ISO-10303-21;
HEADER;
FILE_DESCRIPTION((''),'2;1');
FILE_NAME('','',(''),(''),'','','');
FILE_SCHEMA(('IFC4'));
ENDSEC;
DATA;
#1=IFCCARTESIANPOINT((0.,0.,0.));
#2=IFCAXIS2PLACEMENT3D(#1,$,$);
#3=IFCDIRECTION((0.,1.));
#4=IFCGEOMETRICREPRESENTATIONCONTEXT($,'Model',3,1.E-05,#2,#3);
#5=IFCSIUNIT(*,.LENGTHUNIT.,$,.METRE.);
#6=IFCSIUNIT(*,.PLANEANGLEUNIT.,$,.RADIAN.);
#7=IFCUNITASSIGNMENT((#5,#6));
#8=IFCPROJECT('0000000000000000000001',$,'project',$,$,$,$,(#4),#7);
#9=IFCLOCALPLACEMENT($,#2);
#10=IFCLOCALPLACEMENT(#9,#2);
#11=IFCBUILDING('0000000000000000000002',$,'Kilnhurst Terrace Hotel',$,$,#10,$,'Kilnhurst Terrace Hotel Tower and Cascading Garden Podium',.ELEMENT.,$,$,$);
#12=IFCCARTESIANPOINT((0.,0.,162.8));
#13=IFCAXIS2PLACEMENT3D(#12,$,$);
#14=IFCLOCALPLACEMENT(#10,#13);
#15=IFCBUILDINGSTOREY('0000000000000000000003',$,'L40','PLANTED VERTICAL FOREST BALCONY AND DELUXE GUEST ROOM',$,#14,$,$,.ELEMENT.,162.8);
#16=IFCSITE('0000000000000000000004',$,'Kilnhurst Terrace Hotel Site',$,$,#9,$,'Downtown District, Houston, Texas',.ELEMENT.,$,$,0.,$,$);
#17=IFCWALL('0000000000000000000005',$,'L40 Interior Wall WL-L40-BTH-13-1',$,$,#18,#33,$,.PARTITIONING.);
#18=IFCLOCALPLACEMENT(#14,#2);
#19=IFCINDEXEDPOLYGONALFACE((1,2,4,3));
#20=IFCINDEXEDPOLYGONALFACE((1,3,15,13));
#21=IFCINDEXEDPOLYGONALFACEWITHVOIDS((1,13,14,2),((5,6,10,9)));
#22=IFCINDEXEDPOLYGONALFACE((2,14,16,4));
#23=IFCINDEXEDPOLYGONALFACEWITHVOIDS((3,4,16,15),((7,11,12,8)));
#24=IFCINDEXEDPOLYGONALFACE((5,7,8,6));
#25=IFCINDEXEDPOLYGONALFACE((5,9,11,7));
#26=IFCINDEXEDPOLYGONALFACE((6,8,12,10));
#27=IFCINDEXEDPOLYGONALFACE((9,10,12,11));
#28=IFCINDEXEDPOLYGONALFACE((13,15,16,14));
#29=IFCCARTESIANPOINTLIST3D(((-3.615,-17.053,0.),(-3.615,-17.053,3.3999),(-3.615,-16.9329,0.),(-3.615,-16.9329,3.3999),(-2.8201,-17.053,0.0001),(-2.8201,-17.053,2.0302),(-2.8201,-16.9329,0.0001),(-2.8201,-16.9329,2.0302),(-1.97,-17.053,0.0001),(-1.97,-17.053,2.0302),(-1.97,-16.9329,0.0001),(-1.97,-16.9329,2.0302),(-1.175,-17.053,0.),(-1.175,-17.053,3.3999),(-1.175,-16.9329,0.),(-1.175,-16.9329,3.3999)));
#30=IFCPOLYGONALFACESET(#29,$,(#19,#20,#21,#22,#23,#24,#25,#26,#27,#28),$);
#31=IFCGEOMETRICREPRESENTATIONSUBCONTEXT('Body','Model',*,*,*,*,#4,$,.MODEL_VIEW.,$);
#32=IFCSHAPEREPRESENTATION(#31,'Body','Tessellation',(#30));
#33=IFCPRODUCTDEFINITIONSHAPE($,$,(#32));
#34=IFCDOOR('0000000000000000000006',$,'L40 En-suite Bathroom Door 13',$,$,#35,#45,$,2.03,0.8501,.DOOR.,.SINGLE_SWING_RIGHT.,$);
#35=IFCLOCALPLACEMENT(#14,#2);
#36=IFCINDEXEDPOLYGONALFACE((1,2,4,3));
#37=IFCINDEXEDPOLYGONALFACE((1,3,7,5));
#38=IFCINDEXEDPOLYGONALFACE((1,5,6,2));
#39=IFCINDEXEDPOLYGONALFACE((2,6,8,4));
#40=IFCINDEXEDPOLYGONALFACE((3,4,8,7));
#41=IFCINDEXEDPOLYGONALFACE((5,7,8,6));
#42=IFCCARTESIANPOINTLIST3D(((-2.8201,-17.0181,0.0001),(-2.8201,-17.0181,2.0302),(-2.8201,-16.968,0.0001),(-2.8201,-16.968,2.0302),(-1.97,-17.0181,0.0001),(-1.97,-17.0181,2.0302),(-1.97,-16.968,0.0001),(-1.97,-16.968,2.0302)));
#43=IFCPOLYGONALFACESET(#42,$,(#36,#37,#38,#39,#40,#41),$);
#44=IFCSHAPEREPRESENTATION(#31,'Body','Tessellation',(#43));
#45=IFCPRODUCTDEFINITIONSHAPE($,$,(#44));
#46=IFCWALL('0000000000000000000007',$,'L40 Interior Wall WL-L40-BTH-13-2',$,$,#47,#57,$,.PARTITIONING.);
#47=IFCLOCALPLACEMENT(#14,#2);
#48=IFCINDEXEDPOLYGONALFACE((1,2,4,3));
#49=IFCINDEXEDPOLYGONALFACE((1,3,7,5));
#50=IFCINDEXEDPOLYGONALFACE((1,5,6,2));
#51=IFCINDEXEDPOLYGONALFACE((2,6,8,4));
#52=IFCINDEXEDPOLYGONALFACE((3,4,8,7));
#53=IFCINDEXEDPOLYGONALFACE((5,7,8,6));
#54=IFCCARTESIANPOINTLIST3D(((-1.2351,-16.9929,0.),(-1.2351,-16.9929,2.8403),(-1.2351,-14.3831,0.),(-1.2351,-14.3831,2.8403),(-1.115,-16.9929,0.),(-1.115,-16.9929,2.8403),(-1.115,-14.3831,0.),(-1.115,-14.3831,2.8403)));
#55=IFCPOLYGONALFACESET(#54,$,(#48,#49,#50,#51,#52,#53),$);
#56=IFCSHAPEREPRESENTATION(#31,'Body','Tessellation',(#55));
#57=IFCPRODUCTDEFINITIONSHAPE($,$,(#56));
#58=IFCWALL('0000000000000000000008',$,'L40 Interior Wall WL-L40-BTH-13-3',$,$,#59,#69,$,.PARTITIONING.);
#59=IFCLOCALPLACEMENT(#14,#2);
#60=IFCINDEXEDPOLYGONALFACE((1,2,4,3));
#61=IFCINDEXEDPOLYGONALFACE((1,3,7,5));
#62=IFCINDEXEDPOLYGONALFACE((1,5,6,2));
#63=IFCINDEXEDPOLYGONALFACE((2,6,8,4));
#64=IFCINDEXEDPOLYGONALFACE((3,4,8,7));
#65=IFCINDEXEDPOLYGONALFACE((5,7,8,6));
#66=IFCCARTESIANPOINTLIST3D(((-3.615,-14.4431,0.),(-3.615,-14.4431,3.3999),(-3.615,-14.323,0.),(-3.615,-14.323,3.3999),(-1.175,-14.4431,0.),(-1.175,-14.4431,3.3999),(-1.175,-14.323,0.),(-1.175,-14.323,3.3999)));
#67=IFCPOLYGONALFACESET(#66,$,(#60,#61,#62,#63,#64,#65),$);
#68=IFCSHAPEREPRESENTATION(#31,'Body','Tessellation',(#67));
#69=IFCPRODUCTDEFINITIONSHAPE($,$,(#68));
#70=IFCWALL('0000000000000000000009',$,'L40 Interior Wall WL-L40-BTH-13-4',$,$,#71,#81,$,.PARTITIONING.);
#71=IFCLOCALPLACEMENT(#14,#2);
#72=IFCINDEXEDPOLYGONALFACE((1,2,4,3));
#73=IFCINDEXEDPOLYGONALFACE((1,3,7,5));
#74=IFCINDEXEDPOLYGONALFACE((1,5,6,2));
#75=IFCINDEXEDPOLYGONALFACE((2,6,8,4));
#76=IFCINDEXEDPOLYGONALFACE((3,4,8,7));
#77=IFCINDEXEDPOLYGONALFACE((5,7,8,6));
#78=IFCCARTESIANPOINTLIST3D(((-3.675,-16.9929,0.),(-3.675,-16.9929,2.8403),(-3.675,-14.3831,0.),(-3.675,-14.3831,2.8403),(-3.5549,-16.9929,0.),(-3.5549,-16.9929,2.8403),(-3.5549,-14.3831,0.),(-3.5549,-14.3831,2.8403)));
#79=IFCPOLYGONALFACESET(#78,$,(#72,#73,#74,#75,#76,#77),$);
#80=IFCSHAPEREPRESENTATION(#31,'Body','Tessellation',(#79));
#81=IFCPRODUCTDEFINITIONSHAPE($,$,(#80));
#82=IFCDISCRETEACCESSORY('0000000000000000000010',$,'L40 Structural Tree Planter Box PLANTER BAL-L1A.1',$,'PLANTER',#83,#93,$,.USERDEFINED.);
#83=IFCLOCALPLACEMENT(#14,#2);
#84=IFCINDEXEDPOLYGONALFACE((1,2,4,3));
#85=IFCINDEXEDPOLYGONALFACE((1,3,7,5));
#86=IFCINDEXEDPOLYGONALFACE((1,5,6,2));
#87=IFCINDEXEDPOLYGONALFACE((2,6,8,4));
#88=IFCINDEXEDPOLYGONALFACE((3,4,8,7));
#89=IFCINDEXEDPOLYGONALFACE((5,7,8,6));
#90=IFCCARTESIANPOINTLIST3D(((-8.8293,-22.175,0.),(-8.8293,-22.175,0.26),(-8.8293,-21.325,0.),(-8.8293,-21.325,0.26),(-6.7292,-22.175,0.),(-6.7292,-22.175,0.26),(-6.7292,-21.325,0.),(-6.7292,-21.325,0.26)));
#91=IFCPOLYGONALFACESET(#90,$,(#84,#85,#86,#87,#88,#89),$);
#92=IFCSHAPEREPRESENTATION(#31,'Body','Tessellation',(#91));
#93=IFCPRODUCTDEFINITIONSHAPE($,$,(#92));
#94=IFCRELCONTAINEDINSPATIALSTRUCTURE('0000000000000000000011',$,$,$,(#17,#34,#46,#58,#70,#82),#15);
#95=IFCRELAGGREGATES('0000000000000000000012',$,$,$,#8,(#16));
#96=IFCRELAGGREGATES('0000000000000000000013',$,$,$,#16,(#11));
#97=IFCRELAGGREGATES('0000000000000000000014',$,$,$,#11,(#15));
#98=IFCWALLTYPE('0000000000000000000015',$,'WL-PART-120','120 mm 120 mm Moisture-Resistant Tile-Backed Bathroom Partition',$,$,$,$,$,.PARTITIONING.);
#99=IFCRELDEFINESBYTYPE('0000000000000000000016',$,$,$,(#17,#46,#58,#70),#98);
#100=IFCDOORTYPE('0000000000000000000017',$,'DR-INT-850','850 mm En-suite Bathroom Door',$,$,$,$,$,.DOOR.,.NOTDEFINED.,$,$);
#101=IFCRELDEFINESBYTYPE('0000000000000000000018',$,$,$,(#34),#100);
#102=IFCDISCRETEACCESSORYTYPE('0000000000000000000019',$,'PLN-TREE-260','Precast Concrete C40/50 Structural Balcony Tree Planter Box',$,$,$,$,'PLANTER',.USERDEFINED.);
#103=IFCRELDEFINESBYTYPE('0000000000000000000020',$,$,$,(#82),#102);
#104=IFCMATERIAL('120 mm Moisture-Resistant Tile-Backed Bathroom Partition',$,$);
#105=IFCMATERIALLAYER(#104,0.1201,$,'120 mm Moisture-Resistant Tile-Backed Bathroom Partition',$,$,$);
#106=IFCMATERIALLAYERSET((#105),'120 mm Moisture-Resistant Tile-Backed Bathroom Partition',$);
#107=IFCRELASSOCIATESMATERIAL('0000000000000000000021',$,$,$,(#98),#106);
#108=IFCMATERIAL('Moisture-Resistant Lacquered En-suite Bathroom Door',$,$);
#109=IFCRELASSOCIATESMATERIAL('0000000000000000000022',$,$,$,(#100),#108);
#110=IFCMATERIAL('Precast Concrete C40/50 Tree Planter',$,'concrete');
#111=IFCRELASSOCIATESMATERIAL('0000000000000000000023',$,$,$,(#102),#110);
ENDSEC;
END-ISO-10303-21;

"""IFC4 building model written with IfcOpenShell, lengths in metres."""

from ifc_helpers import new_model, si_unit, direction, frame, frame_2d, origin, origin_2d, place, context, subcontext, project, spatial, rectangle, extrude, material, layer, layer_set, type_object, element, fill, save


model = new_model("IFC4")

# Units and contexts
model_context = context("Model", 3, precision=1e-05, world=origin(), true_north=direction((0.0, 1.0)))
body_context = subcontext(model_context, "Body", "Model", "MODEL_VIEW")
ifc_project = project(units=[si_unit("LENGTHUNIT", "METRE"), si_unit("PLANEANGLEUNIT", "RADIAN")], contexts=[model_context])

# Site, building, storey
site_placement = place(None, origin())
site = spatial("IfcSite", under=ifc_project, at=site_placement, Name="Kilnhurst Terrace Hotel Site", LongName="Downtown District, Houston, Texas", CompositionType="ELEMENT", RefElevation=0.0)
building_placement = place(site_placement, origin())
building = spatial("IfcBuilding", under=site, at=building_placement, Name="Kilnhurst Terrace Hotel", LongName="Kilnhurst Terrace Hotel Tower and Cascading Garden Podium", CompositionType="ELEMENT")
storey_placement = place(building_placement, frame((0.0, 0.0, 162.8)))
storey = spatial("IfcBuildingStorey", under=building, at=storey_placement, Name="L40", Description="PLANTED VERTICAL FOREST BALCONY AND DELUXE GUEST ROOM", CompositionType="ELEMENT", Elevation=162.8)

# Shared definitions
ifc_material_1 = material(Name="120 mm Moisture-Resistant Tile-Backed Bathroom Partition")
ifc_layer_1 = layer(ifc_material_1, 0.1201, Name="120 mm Moisture-Resistant Tile-Backed Bathroom Partition")
ifc_layer_set_1 = layer_set([ifc_layer_1], Name="120 mm Moisture-Resistant Tile-Backed Bathroom Partition")
wall_type_1 = type_object("IfcWallType", Name="WL-PART-120", Description="120 mm 120 mm Moisture-Resistant Tile-Backed Bathroom Partition", PredefinedType="PARTITIONING", material=ifc_layer_set_1)
ifc_material_2 = material(Name="Moisture-Resistant Lacquered En-suite Bathroom Door")
door_type_1 = type_object("IfcDoorType", Name="DR-INT-850", Description="850 mm En-suite Bathroom Door", OperationType="NOTDEFINED", PredefinedType="DOOR", material=ifc_material_2)

# Wall, opening, door
wall_1_placement = place(storey_placement, frame((-3.615, -16.9929, 0.0), z_axis=(0.0, 0.0, 1.0), x_axis=(1.0, 0.0, 0.0)))
wall_1 = element("IfcWall", 1, at=wall_1_placement, inside=storey, type_object=wall_type_1, Name="L40 Interior Wall WL-L40-BTH-13-1", PredefinedType="PARTITIONING", context=body_context, shape_type="SweptSolid", body=[
    extrude(rectangle(XDim=2.4399, YDim=0.1201, at=frame_2d((1.22, 0.0))), origin(), (0.0, 0.0, 1.0), 3.3999),
])
opening_1_placement = place(wall_1_placement, frame((0.7949, 0.0, 0.0)))
opening_1 = element("IfcOpeningElement", 2, at=opening_1_placement, cuts=wall_1, PredefinedType="OPENING", context=body_context, shape_type="SweptSolid", body=[
    extrude(rectangle(XDim=0.8501, YDim=2.03, at=frame_2d((0.425, 1.0151))), frame((0.0, 0.0701, 0.0), z_axis=(0.0, -1.0, 0.0), x_axis=(1.0, 0.0, 0.0)), (0.0, 0.0, 1.0), 0.1401),
])
door_1_placement = place(opening_1_placement, origin())
door_1 = element("IfcDoor", 3, at=door_1_placement, inside=storey, type_object=door_type_1, Name="L40 En-suite Bathroom Door 13", OperationType="SINGLE_SWING_RIGHT", OverallHeight=2.03, OverallWidth=0.8501, PredefinedType="DOOR", context=body_context, shape_type="SweptSolid", body=[
    extrude(rectangle(XDim=0.8501, YDim=2.03, at=frame_2d((0.425, 1.0151))), frame((0.0, 0.0249, 0.0), z_axis=(0.0, -1.0, 0.0), x_axis=(1.0, 0.0, 0.0)), (0.0, 0.0, 1.0), 0.05),
])
fill(opening_1, door_1)

# Walls
wall_2_placement = place(storey_placement, frame((-1.175, -16.9929, 0.0), z_axis=(0.0, 0.0, 1.0), x_axis=(0.0, 1.0, 0.0)))
element("IfcWall", 4, at=wall_2_placement, inside=storey, type_object=wall_type_1, Name="L40 Interior Wall WL-L40-BTH-13-2", PredefinedType="PARTITIONING", context=body_context, shape_type="SweptSolid", body=[
    extrude(rectangle(XDim=2.6099, YDim=0.1201, at=frame_2d((1.3049, 0.0))), origin(), (0.0, 0.0, 1.0), 2.8403),
])
wall_3_placement = place(storey_placement, frame((-1.175, -14.3831, 0.0), z_axis=(0.0, 0.0, 1.0), x_axis=(-1.0, 0.0, 0.0)))
element("IfcWall", 5, at=wall_3_placement, inside=storey, type_object=wall_type_1, Name="L40 Interior Wall WL-L40-BTH-13-3", PredefinedType="PARTITIONING", context=body_context, shape_type="SweptSolid", body=[
    extrude(rectangle(XDim=2.4399, YDim=0.1201, at=frame_2d((1.22, 0.0))), origin(), (0.0, 0.0, 1.0), 3.3999),
])
wall_4_placement = place(storey_placement, frame((-3.615, -14.3831, 0.0), z_axis=(0.0, 0.0, 1.0), x_axis=(0.0, -1.0, 0.0)))
element("IfcWall", 6, at=wall_4_placement, inside=storey, type_object=wall_type_1, Name="L40 Interior Wall WL-L40-BTH-13-4", PredefinedType="PARTITIONING", context=body_context, shape_type="SweptSolid", body=[
    extrude(rectangle(XDim=2.6099, YDim=0.1201, at=frame_2d((1.3049, 0.0))), origin(), (0.0, 0.0, 1.0), 2.8403),
])

# Discrete accessory
ifc_material_3 = material(Name="Precast Concrete C40/50 Tree Planter", Category="concrete")
discrete_accessory_type = type_object("IfcDiscreteAccessoryType", Name="PLN-TREE-260", Description="Precast Concrete C40/50 Structural Balcony Tree Planter Box", ElementType="PLANTER", PredefinedType="USERDEFINED", material=ifc_material_3)
discrete_accessory_placement = place(storey_placement, frame((-7.7793, -21.75, 0.0), z_axis=(0.0, 0.0, 1.0), x_axis=(1.0, 0.0, 0.0)))
element("IfcDiscreteAccessory", 7, at=discrete_accessory_placement, inside=storey, type_object=discrete_accessory_type, Name="L40 Structural Tree Planter Box PLANTER BAL-L1A.1", ObjectType="PLANTER", PredefinedType="USERDEFINED", context=body_context, shape_type="SweptSolid", body=[
    extrude(rectangle(XDim=2.1001, YDim=0.8501, at=origin_2d()), origin(), (0.0, 0.0, 1.0), 0.26),
])

save(model, "model.ifc")
